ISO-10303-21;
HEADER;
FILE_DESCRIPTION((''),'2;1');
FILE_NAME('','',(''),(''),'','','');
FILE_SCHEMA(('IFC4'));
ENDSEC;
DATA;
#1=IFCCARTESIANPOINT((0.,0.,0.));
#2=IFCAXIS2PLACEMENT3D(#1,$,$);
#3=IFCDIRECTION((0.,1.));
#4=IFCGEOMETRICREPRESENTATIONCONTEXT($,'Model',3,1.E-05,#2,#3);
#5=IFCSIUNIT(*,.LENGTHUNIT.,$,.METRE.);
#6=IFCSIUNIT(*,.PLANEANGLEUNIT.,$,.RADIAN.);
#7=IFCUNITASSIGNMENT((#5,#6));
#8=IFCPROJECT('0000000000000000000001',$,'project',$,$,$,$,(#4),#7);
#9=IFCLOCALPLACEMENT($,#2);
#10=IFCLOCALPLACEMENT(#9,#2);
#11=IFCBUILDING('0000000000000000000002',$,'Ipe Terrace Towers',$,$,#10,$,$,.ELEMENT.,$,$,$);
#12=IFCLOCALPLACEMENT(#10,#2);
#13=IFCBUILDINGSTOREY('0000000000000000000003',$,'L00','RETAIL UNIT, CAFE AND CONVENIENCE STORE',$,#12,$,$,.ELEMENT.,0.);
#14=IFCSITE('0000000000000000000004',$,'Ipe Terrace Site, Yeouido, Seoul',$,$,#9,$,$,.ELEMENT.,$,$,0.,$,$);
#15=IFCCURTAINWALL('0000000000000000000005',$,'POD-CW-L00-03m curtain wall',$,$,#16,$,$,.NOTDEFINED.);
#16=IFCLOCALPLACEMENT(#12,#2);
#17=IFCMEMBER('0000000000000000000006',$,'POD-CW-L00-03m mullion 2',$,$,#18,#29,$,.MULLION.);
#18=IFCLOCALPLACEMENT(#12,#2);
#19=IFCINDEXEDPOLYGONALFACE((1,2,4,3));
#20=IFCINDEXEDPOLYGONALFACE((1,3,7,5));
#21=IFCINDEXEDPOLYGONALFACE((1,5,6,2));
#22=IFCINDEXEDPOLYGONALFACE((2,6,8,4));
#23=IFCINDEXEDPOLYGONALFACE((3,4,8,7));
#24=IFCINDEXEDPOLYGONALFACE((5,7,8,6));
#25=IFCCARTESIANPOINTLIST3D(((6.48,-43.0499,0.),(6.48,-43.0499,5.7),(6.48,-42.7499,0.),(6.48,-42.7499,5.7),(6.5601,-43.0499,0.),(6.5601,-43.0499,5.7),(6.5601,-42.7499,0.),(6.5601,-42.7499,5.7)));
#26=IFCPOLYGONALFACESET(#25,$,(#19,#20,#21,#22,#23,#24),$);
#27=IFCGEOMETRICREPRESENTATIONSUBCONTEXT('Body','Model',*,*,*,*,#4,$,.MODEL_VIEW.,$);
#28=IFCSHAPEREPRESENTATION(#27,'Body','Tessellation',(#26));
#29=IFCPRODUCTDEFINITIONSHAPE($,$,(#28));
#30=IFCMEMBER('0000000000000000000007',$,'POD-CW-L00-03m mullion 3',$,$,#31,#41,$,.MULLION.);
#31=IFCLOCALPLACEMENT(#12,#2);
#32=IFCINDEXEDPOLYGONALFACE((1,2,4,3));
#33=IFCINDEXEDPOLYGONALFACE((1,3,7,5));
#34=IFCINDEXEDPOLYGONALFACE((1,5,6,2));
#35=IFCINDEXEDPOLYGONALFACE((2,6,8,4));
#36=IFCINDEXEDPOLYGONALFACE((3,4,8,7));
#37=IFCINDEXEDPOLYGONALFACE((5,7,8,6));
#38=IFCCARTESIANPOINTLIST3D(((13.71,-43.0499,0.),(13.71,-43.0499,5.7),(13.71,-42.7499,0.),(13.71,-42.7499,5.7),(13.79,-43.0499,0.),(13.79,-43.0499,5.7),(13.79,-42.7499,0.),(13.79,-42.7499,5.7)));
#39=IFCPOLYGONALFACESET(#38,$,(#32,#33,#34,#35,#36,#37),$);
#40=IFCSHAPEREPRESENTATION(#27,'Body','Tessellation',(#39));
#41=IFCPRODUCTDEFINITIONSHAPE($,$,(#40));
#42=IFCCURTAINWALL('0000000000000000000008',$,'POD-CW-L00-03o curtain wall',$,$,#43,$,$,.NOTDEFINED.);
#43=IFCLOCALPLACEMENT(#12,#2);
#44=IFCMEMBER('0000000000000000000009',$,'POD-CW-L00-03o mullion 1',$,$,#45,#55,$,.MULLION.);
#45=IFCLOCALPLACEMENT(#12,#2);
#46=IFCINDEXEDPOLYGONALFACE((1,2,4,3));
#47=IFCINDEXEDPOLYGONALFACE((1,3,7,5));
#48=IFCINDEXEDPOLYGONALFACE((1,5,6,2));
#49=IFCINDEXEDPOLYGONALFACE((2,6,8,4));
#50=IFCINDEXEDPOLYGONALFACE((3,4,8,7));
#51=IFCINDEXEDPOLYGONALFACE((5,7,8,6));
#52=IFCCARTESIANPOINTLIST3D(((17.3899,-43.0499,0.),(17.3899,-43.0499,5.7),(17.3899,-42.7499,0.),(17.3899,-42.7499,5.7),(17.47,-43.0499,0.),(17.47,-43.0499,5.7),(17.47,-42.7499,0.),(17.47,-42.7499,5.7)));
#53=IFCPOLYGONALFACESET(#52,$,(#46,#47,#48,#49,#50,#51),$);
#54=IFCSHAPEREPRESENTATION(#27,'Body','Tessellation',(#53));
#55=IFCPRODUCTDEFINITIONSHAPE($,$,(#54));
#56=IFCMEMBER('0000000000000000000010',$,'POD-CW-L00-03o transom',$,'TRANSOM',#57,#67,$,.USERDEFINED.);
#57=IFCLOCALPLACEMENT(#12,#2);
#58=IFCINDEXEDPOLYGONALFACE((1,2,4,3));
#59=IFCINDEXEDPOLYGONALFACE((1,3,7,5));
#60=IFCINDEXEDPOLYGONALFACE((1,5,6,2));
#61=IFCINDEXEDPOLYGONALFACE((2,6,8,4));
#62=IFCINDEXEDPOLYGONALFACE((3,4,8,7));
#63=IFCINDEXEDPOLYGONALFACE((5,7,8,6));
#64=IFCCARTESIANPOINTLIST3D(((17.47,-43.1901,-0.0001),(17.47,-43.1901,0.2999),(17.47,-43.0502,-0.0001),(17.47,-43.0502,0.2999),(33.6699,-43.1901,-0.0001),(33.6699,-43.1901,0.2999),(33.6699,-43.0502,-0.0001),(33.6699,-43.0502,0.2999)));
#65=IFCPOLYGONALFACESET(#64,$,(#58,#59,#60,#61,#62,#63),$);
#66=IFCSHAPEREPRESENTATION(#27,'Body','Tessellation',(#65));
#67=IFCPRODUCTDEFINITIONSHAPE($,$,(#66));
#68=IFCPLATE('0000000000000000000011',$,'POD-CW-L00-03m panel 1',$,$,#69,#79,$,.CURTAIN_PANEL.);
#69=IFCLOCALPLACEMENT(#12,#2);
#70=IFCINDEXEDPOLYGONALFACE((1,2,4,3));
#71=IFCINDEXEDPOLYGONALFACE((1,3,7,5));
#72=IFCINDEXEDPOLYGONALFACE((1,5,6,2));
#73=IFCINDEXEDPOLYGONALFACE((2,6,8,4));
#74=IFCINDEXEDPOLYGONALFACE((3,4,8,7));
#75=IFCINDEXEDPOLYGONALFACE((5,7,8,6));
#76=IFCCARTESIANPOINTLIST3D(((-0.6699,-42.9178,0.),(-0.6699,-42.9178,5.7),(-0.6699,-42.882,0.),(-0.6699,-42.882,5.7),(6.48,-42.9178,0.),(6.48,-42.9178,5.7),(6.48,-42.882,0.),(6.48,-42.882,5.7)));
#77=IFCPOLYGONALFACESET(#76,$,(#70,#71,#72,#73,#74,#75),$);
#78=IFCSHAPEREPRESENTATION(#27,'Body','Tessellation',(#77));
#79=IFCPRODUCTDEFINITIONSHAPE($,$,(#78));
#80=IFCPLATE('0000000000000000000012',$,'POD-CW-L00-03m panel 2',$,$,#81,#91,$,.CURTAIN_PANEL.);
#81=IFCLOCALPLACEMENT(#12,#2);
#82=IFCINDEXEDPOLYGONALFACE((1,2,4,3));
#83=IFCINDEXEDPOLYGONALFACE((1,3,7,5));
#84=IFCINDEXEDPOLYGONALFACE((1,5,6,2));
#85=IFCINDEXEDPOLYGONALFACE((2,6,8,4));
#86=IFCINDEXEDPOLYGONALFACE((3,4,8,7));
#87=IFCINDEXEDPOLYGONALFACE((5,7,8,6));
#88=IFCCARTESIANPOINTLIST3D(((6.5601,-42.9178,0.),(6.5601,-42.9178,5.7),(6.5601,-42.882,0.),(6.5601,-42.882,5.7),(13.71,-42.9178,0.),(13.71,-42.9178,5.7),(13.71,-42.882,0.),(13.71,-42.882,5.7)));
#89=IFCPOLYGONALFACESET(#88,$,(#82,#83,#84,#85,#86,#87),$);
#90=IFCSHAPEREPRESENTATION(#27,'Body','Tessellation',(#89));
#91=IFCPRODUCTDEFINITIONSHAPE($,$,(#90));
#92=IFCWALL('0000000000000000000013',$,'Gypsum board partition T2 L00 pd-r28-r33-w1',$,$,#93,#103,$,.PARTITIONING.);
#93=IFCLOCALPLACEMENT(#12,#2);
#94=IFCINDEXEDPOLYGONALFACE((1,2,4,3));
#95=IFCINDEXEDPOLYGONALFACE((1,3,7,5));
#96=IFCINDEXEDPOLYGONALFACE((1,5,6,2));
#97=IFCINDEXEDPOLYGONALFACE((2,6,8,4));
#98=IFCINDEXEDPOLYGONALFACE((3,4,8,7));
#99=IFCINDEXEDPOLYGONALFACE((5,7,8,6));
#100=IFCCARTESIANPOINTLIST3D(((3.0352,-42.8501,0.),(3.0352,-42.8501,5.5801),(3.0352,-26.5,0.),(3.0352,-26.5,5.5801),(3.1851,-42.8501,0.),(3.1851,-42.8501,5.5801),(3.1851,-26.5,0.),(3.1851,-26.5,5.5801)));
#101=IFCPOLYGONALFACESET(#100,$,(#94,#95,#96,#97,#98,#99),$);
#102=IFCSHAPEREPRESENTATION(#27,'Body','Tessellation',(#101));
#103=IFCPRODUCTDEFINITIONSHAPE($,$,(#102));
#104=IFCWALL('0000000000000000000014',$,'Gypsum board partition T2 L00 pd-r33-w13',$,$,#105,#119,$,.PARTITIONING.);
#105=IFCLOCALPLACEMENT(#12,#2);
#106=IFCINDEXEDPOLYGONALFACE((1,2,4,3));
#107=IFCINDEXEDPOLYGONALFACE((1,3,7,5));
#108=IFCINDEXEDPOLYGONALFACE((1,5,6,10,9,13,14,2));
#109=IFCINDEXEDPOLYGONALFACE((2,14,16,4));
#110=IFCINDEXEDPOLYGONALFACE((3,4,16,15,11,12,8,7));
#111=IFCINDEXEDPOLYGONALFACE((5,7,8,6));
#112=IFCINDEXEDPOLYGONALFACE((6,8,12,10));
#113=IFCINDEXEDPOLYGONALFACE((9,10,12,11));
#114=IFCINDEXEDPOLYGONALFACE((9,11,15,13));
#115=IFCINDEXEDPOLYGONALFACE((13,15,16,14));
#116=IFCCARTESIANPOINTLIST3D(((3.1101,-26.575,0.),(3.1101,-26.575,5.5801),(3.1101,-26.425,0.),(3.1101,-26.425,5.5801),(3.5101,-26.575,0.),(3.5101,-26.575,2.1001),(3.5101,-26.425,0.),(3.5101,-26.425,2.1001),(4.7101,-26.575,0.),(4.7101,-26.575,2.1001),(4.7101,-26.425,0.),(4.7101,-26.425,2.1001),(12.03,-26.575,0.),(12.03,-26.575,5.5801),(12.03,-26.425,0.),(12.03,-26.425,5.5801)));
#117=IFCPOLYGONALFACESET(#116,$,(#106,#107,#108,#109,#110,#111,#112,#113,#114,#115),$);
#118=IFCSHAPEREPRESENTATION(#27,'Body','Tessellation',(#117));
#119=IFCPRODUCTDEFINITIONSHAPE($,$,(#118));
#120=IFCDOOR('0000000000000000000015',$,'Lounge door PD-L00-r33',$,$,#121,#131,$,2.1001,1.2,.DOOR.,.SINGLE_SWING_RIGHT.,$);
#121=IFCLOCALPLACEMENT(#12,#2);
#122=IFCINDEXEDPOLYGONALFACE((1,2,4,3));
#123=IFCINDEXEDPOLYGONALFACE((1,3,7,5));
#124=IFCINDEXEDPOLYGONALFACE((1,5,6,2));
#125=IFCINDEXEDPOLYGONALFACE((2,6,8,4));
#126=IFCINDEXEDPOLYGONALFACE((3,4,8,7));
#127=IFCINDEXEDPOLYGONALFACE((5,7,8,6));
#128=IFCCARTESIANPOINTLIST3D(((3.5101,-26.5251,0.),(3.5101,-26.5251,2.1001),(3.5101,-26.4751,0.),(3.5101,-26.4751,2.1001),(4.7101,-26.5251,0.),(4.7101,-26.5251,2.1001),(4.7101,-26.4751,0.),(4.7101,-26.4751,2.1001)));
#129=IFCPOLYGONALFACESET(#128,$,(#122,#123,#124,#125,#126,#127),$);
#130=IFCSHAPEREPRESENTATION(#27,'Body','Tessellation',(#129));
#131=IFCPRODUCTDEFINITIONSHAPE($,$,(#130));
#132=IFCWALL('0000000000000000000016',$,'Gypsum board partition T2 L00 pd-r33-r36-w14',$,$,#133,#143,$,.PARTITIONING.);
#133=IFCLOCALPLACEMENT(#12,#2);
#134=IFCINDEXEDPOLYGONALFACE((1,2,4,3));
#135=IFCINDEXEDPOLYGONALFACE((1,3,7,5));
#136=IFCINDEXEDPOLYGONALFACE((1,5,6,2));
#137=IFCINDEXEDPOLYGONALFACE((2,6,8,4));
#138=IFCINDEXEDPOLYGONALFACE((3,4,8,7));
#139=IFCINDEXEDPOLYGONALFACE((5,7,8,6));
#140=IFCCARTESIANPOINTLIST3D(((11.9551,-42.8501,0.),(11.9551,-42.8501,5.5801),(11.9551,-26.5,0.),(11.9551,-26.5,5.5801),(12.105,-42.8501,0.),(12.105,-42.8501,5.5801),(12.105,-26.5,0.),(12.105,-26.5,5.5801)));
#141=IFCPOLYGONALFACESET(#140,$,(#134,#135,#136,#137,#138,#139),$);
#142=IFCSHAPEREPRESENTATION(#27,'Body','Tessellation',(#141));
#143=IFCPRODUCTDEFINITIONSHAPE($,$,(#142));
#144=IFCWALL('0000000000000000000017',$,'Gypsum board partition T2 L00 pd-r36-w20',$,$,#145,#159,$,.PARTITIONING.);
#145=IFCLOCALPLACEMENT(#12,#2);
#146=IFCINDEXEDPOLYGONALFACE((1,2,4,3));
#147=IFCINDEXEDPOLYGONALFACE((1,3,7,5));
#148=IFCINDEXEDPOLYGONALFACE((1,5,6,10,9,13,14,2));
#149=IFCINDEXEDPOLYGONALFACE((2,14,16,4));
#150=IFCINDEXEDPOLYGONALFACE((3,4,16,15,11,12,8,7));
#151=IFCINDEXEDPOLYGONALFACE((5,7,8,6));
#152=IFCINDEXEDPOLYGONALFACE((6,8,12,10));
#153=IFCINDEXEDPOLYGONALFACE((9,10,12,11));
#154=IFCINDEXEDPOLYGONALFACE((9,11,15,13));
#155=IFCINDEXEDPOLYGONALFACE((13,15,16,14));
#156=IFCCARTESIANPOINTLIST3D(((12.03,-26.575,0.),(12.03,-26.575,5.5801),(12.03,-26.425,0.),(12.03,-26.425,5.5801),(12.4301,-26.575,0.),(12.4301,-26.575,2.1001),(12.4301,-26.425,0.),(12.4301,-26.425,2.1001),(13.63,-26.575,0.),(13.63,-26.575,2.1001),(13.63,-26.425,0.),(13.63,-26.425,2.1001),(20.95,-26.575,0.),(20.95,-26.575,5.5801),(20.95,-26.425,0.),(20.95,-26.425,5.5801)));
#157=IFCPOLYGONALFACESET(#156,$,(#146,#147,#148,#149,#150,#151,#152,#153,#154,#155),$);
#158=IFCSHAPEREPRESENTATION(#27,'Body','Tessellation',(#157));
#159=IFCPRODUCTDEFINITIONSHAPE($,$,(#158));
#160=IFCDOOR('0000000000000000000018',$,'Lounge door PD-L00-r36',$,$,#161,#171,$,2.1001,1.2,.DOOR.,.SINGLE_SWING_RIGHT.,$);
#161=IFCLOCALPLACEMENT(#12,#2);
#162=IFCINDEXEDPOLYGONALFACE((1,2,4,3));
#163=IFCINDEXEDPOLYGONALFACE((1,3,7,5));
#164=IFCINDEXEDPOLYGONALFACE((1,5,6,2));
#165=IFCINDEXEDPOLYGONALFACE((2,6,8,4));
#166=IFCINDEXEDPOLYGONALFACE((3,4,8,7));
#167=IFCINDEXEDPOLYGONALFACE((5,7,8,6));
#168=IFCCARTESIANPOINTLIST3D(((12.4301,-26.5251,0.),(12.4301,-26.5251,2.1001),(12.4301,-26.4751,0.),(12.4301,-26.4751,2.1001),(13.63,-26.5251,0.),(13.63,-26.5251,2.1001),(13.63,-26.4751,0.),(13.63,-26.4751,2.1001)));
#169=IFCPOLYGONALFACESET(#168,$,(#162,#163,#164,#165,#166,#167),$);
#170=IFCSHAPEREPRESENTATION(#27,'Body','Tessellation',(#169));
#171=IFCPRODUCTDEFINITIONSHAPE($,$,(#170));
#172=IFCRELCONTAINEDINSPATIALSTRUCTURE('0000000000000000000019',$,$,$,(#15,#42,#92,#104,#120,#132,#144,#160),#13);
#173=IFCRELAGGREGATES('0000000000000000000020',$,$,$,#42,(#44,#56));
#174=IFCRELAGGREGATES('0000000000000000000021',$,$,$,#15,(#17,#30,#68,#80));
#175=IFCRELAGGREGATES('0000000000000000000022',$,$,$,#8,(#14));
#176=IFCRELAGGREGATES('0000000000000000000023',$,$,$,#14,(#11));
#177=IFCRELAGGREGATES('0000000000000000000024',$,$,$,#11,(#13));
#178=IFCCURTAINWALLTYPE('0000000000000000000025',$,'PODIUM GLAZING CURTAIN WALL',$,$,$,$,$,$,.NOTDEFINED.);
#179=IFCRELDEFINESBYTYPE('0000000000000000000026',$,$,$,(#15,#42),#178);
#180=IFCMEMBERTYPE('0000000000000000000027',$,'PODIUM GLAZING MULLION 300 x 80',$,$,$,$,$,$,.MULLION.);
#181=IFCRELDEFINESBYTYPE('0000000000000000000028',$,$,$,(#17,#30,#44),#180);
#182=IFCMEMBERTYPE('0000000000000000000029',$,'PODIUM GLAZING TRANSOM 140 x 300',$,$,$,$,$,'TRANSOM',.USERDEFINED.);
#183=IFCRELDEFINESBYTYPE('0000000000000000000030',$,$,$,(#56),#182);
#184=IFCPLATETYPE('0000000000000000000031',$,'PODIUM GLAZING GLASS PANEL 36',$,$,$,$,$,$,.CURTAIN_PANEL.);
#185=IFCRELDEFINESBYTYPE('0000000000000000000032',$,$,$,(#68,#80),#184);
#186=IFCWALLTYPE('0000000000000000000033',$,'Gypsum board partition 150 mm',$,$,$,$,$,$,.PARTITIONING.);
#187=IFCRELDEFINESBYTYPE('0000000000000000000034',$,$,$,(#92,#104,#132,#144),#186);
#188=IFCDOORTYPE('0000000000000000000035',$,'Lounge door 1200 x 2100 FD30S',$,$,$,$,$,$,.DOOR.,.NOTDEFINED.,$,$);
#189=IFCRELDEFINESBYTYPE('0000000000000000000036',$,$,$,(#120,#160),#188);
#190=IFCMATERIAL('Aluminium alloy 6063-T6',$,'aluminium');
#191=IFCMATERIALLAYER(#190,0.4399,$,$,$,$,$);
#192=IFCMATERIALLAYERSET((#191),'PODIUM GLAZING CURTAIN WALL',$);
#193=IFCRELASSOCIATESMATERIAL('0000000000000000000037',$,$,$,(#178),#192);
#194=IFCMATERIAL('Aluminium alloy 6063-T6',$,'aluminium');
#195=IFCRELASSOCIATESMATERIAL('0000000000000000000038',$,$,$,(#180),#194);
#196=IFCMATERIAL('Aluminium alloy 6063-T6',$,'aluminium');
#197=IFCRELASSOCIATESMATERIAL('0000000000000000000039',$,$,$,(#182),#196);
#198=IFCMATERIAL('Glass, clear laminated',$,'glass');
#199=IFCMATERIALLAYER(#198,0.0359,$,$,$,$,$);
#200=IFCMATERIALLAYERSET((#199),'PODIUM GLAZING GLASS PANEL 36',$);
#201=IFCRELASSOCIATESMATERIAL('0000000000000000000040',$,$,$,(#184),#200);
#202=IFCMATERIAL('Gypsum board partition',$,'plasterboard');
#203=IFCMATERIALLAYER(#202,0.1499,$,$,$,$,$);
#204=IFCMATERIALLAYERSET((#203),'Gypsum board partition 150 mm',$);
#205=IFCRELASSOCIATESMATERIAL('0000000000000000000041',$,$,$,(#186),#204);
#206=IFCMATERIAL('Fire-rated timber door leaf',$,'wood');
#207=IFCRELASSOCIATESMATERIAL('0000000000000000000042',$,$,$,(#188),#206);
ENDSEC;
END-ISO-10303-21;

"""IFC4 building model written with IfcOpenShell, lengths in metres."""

from ifc_helpers import new_model, si_unit, direction, frame, frame_2d, origin, origin_2d, place, context, subcontext, project, spatial, rectangle, extrude, material, layer, layer_set, material_profile, profile_set, type_object, element, fill, aggregate, save


model = new_model("IFC4")

# Units and contexts
model_context = context("Model", 3, precision=1e-05, world=origin(), true_north=direction((0.0, 1.0)))
body_context = subcontext(model_context, "Body", "Model", "MODEL_VIEW")
ifc_project = project(units=[si_unit("LENGTHUNIT", "METRE"), si_unit("PLANEANGLEUNIT", "RADIAN")], contexts=[model_context])

# Site, building, storey
site_placement = place(None, origin())
site = spatial("IfcSite", under=ifc_project, at=site_placement, Name="Ipe Terrace Site, Yeouido, Seoul", CompositionType="ELEMENT", RefElevation=0.0)
building_placement = place(site_placement, origin())
building = spatial("IfcBuilding", under=site, at=building_placement, Name="Ipe Terrace Towers", CompositionType="ELEMENT")
storey_placement = place(building_placement, origin())
storey = spatial("IfcBuildingStorey", under=building, at=storey_placement, Name="L00", Description="RETAIL UNIT, CAFE AND CONVENIENCE STORE", CompositionType="ELEMENT", Elevation=0.0)

# Curtain walls, members
ifc_material_1 = material(Name="Aluminium alloy 6063-T6", Category="aluminium")
ifc_layer_1 = layer(ifc_material_1, 0.4399)
ifc_layer_set_1 = layer_set([ifc_layer_1], Name="PODIUM GLAZING CURTAIN WALL")
curtain_wall_type = type_object("IfcCurtainWallType", Name="PODIUM GLAZING CURTAIN WALL", PredefinedType="NOTDEFINED", material=ifc_layer_set_1)
curtain_wall_1_placement = place(storey_placement, origin())
curtain_wall_1 = element("IfcCurtainWall", 1, at=curtain_wall_1_placement, inside=storey, type_object=curtain_wall_type, Name="POD-CW-L00-03m curtain wall", PredefinedType="NOTDEFINED")
ifc_material_2 = material(Name="Aluminium alloy 6063-T6", Category="aluminium")
ifc_material_profile_1 = material_profile(ifc_material_2, rectangle(XDim=0.3, YDim=0.0801, at=origin_2d()), Name="PODIUM GLAZING MULLION 300 x 80")
ifc_profile_set_1 = profile_set([ifc_material_profile_1], Name="Aluminium alloy 6063-T6")
member_type_1 = type_object("IfcMemberType", Name="PODIUM GLAZING MULLION 300 x 80", PredefinedType="MULLION", material=ifc_profile_set_1)
member_1_placement = place(storey_placement, frame((6.52, -42.8999, 0.0), z_axis=(0.0, 0.0, 1.0), x_axis=(0.0, -1.0, 0.0)))
member_1 = element("IfcMember", 2, at=member_1_placement, type_object=member_type_1, Name="POD-CW-L00-03m mullion 2", PredefinedType="MULLION", context=body_context, shape_type="SweptSolid", body=[
    extrude(rectangle(XDim=0.3, YDim=0.0801, at=origin_2d()), origin(), (0.0, 0.0, 1.0), 5.7),
])
member_2_placement = place(storey_placement, frame((13.75, -42.8999, 0.0), z_axis=(0.0, 0.0, 1.0), x_axis=(0.0, -1.0, 0.0)))
member_2 = element("IfcMember", 3, at=member_2_placement, type_object=member_type_1, Name="POD-CW-L00-03m mullion 3", PredefinedType="MULLION", context=body_context, shape_type="SweptSolid", body=[
    extrude(rectangle(XDim=0.3, YDim=0.0801, at=origin_2d()), origin(), (0.0, 0.0, 1.0), 5.7),
])
curtain_wall_2_placement = place(storey_placement, origin())
curtain_wall_2 = element("IfcCurtainWall", 4, at=curtain_wall_2_placement, inside=storey, type_object=curtain_wall_type, Name="POD-CW-L00-03o curtain wall", PredefinedType="NOTDEFINED")
member_3_placement = place(storey_placement, frame((17.4299, -42.8999, 0.0), z_axis=(0.0, 0.0, 1.0), x_axis=(0.0, -1.0, 0.0)))
member_3 = element("IfcMember", 5, at=member_3_placement, type_object=member_type_1, Name="POD-CW-L00-03o mullion 1", PredefinedType="MULLION", context=body_context, shape_type="SweptSolid", body=[
    extrude(rectangle(XDim=0.3, YDim=0.0801, at=origin_2d()), origin(), (0.0, 0.0, 1.0), 5.7),
])
ifc_material_3 = material(Name="Aluminium alloy 6063-T6", Category="aluminium")
ifc_material_profile_2 = material_profile(ifc_material_3, rectangle(XDim=0.1399, YDim=0.3, at=origin_2d()), Name="PODIUM GLAZING TRANSOM 140 x 300")
ifc_profile_set_2 = profile_set([ifc_material_profile_2], Name="Aluminium alloy 6063-T6")
member_type_2 = type_object("IfcMemberType", Name="PODIUM GLAZING TRANSOM 140 x 300", ElementType="TRANSOM", PredefinedType="USERDEFINED", material=ifc_profile_set_2)
member_4_placement = place(storey_placement, frame((17.47, -43.1201, 0.1499), z_axis=(1.0, 0.0, 0.0), x_axis=(0.0, -1.0, 0.0)))
member_4 = element("IfcMember", 6, at=member_4_placement, type_object=member_type_2, Name="POD-CW-L00-03o transom", ObjectType="TRANSOM", PredefinedType="USERDEFINED", context=body_context, shape_type="SweptSolid", body=[
    extrude(rectangle(XDim=0.1399, YDim=0.3, at=origin_2d()), origin(), (0.0, 0.0, 1.0), 16.2),
])
aggregate(curtain_wall_2, [member_3, member_4])

# Plates
ifc_material_4 = material(Name="Glass, clear laminated", Category="glass")
ifc_layer_2 = layer(ifc_material_4, 0.0359)
ifc_layer_set_2 = layer_set([ifc_layer_2], Name="PODIUM GLAZING GLASS PANEL 36")
plate_type = type_object("IfcPlateType", Name="PODIUM GLAZING GLASS PANEL 36", PredefinedType="CURTAIN_PANEL", material=ifc_layer_set_2)
plate_1_placement = place(storey_placement, frame((2.905, -42.8999, 0.0), z_axis=(0.0, 0.0, 1.0), x_axis=(1.0, 0.0, 0.0)))
plate_1 = element("IfcPlate", 7, at=plate_1_placement, type_object=plate_type, Name="POD-CW-L00-03m panel 1", PredefinedType="CURTAIN_PANEL", context=body_context, shape_type="SweptSolid", body=[
    extrude(rectangle(XDim=7.1499, YDim=0.0359, at=origin_2d()), origin(), (0.0, 0.0, 1.0), 5.7),
])
plate_2_placement = place(storey_placement, frame((10.135, -42.8999, 0.0), z_axis=(0.0, 0.0, 1.0), x_axis=(1.0, 0.0, 0.0)))
plate_2 = element("IfcPlate", 8, at=plate_2_placement, type_object=plate_type, Name="POD-CW-L00-03m panel 2", PredefinedType="CURTAIN_PANEL", context=body_context, shape_type="SweptSolid", body=[
    extrude(rectangle(XDim=7.1499, YDim=0.0359, at=origin_2d()), origin(), (0.0, 0.0, 1.0), 5.7),
])
aggregate(curtain_wall_1, [member_1, member_2, plate_1, plate_2])

# Wall
ifc_material_5 = material(Name="Gypsum board partition", Category="plasterboard")
ifc_layer_3 = layer(ifc_material_5, 0.1499)
ifc_layer_set_3 = layer_set([ifc_layer_3], Name="Gypsum board partition 150 mm")
wall_type_1 = type_object("IfcWallType", Name="Gypsum board partition 150 mm", PredefinedType="PARTITIONING", material=ifc_layer_set_3)
wall_1_placement = place(storey_placement, frame((3.1101, -26.5, 0.0), z_axis=(0.0, 0.0, 1.0), x_axis=(0.0, -1.0, 0.0)))
element("IfcWall", 9, at=wall_1_placement, inside=storey, type_object=wall_type_1, Name="Gypsum board partition T2 L00 pd-r28-r33-w1", PredefinedType="PARTITIONING", context=body_context, shape_type="SweptSolid", body=[
    extrude(rectangle(XDim=16.3501, YDim=0.1499, at=frame_2d((8.175, 0.0))), origin(), (0.0, 0.0, 1.0), 5.5801),
])

# Wall, opening, door
wall_2_placement = place(storey_placement, frame((3.1101, -26.5, 0.0), z_axis=(0.0, 0.0, 1.0), x_axis=(1.0, 0.0, 0.0)))
wall_2 = element("IfcWall", 10, at=wall_2_placement, inside=storey, type_object=wall_type_1, Name="Gypsum board partition T2 L00 pd-r33-w13", PredefinedType="PARTITIONING", context=body_context, shape_type="SweptSolid", body=[
    extrude(rectangle(XDim=8.9199, YDim=0.1499, at=frame_2d((4.46, 0.0))), origin(), (0.0, 0.0, 1.0), 5.5801),
])
opening_1_placement = place(wall_2_placement, frame((0.3999, 0.0, 0.0)))
opening_1 = element("IfcOpeningElement", 11, at=opening_1_placement, cuts=wall_2, PredefinedType="OPENING", context=body_context, shape_type="SweptSolid", body=[
    extrude(rectangle(XDim=1.2, YDim=2.1001, at=frame_2d((0.6001, 1.05))), frame((0.0, 0.085, 0.0), z_axis=(0.0, -1.0, 0.0), x_axis=(1.0, 0.0, 0.0)), (0.0, 0.0, 1.0), 0.1699),
])
ifc_material_6 = material(Name="Fire-rated timber door leaf", Category="wood")
door_type_1 = type_object("IfcDoorType", Name="Lounge door 1200 x 2100 FD30S", OperationType="NOTDEFINED", PredefinedType="DOOR", material=ifc_material_6)
door_1_placement = place(opening_1_placement, origin())
door_1 = element("IfcDoor", 12, at=door_1_placement, inside=storey, type_object=door_type_1, Name="Lounge door PD-L00-r33", OperationType="SINGLE_SWING_RIGHT", OverallHeight=2.1001, OverallWidth=1.2, PredefinedType="DOOR", context=body_context, shape_type="SweptSolid", body=[
    extrude(rectangle(XDim=1.2, YDim=2.1001, at=frame_2d((0.6001, 1.05))), frame((0.0, 0.0249, 0.0), z_axis=(0.0, -1.0, 0.0), x_axis=(1.0, 0.0, 0.0)), (0.0, 0.0, 1.0), 0.05),
])
fill(opening_1, door_1)

# Wall
wall_3_placement = place(storey_placement, frame((12.03, -26.5, 0.0), z_axis=(0.0, 0.0, 1.0), x_axis=(0.0, -1.0, 0.0)))
element("IfcWall", 13, at=wall_3_placement, inside=storey, type_object=wall_type_1, Name="Gypsum board partition T2 L00 pd-r33-r36-w14", PredefinedType="PARTITIONING", context=body_context, shape_type="SweptSolid", body=[
    extrude(rectangle(XDim=16.3501, YDim=0.1499, at=frame_2d((8.175, 0.0))), origin(), (0.0, 0.0, 1.0), 5.5801),
])

# Wall, opening, door
wall_4_placement = place(storey_placement, frame((12.03, -26.5, 0.0), z_axis=(0.0, 0.0, 1.0), x_axis=(1.0, 0.0, 0.0)))
wall_4 = element("IfcWall", 14, at=wall_4_placement, inside=storey, type_object=wall_type_1, Name="Gypsum board partition T2 L00 pd-r36-w20", PredefinedType="PARTITIONING", context=body_context, shape_type="SweptSolid", body=[
    extrude(rectangle(XDim=8.9199, YDim=0.1499, at=frame_2d((4.46, 0.0))), origin(), (0.0, 0.0, 1.0), 5.5801),
])
opening_2_placement = place(wall_4_placement, frame((0.3999, 0.0, 0.0)))
opening_2 = element("IfcOpeningElement", 15, at=opening_2_placement, cuts=wall_4, PredefinedType="OPENING", context=body_context, shape_type="SweptSolid", body=[
    extrude(rectangle(XDim=1.2, YDim=2.1001, at=frame_2d((0.6001, 1.05))), frame((0.0, 0.085, 0.0), z_axis=(0.0, -1.0, 0.0), x_axis=(1.0, 0.0, 0.0)), (0.0, 0.0, 1.0), 0.1699),
])
door_2_placement = place(opening_2_placement, origin())
door_2 = element("IfcDoor", 16, at=door_2_placement, inside=storey, type_object=door_type_1, Name="Lounge door PD-L00-r36", OperationType="SINGLE_SWING_RIGHT", OverallHeight=2.1001, OverallWidth=1.2, PredefinedType="DOOR", context=body_context, shape_type="SweptSolid", body=[
    extrude(rectangle(XDim=1.2, YDim=2.1001, at=frame_2d((0.6001, 1.05))), frame((0.0, 0.0249, 0.0), z_axis=(0.0, -1.0, 0.0), x_axis=(1.0, 0.0, 0.0)), (0.0, 0.0, 1.0), 0.05),
])
fill(opening_2, door_2)

save(model, "model.ifc")
